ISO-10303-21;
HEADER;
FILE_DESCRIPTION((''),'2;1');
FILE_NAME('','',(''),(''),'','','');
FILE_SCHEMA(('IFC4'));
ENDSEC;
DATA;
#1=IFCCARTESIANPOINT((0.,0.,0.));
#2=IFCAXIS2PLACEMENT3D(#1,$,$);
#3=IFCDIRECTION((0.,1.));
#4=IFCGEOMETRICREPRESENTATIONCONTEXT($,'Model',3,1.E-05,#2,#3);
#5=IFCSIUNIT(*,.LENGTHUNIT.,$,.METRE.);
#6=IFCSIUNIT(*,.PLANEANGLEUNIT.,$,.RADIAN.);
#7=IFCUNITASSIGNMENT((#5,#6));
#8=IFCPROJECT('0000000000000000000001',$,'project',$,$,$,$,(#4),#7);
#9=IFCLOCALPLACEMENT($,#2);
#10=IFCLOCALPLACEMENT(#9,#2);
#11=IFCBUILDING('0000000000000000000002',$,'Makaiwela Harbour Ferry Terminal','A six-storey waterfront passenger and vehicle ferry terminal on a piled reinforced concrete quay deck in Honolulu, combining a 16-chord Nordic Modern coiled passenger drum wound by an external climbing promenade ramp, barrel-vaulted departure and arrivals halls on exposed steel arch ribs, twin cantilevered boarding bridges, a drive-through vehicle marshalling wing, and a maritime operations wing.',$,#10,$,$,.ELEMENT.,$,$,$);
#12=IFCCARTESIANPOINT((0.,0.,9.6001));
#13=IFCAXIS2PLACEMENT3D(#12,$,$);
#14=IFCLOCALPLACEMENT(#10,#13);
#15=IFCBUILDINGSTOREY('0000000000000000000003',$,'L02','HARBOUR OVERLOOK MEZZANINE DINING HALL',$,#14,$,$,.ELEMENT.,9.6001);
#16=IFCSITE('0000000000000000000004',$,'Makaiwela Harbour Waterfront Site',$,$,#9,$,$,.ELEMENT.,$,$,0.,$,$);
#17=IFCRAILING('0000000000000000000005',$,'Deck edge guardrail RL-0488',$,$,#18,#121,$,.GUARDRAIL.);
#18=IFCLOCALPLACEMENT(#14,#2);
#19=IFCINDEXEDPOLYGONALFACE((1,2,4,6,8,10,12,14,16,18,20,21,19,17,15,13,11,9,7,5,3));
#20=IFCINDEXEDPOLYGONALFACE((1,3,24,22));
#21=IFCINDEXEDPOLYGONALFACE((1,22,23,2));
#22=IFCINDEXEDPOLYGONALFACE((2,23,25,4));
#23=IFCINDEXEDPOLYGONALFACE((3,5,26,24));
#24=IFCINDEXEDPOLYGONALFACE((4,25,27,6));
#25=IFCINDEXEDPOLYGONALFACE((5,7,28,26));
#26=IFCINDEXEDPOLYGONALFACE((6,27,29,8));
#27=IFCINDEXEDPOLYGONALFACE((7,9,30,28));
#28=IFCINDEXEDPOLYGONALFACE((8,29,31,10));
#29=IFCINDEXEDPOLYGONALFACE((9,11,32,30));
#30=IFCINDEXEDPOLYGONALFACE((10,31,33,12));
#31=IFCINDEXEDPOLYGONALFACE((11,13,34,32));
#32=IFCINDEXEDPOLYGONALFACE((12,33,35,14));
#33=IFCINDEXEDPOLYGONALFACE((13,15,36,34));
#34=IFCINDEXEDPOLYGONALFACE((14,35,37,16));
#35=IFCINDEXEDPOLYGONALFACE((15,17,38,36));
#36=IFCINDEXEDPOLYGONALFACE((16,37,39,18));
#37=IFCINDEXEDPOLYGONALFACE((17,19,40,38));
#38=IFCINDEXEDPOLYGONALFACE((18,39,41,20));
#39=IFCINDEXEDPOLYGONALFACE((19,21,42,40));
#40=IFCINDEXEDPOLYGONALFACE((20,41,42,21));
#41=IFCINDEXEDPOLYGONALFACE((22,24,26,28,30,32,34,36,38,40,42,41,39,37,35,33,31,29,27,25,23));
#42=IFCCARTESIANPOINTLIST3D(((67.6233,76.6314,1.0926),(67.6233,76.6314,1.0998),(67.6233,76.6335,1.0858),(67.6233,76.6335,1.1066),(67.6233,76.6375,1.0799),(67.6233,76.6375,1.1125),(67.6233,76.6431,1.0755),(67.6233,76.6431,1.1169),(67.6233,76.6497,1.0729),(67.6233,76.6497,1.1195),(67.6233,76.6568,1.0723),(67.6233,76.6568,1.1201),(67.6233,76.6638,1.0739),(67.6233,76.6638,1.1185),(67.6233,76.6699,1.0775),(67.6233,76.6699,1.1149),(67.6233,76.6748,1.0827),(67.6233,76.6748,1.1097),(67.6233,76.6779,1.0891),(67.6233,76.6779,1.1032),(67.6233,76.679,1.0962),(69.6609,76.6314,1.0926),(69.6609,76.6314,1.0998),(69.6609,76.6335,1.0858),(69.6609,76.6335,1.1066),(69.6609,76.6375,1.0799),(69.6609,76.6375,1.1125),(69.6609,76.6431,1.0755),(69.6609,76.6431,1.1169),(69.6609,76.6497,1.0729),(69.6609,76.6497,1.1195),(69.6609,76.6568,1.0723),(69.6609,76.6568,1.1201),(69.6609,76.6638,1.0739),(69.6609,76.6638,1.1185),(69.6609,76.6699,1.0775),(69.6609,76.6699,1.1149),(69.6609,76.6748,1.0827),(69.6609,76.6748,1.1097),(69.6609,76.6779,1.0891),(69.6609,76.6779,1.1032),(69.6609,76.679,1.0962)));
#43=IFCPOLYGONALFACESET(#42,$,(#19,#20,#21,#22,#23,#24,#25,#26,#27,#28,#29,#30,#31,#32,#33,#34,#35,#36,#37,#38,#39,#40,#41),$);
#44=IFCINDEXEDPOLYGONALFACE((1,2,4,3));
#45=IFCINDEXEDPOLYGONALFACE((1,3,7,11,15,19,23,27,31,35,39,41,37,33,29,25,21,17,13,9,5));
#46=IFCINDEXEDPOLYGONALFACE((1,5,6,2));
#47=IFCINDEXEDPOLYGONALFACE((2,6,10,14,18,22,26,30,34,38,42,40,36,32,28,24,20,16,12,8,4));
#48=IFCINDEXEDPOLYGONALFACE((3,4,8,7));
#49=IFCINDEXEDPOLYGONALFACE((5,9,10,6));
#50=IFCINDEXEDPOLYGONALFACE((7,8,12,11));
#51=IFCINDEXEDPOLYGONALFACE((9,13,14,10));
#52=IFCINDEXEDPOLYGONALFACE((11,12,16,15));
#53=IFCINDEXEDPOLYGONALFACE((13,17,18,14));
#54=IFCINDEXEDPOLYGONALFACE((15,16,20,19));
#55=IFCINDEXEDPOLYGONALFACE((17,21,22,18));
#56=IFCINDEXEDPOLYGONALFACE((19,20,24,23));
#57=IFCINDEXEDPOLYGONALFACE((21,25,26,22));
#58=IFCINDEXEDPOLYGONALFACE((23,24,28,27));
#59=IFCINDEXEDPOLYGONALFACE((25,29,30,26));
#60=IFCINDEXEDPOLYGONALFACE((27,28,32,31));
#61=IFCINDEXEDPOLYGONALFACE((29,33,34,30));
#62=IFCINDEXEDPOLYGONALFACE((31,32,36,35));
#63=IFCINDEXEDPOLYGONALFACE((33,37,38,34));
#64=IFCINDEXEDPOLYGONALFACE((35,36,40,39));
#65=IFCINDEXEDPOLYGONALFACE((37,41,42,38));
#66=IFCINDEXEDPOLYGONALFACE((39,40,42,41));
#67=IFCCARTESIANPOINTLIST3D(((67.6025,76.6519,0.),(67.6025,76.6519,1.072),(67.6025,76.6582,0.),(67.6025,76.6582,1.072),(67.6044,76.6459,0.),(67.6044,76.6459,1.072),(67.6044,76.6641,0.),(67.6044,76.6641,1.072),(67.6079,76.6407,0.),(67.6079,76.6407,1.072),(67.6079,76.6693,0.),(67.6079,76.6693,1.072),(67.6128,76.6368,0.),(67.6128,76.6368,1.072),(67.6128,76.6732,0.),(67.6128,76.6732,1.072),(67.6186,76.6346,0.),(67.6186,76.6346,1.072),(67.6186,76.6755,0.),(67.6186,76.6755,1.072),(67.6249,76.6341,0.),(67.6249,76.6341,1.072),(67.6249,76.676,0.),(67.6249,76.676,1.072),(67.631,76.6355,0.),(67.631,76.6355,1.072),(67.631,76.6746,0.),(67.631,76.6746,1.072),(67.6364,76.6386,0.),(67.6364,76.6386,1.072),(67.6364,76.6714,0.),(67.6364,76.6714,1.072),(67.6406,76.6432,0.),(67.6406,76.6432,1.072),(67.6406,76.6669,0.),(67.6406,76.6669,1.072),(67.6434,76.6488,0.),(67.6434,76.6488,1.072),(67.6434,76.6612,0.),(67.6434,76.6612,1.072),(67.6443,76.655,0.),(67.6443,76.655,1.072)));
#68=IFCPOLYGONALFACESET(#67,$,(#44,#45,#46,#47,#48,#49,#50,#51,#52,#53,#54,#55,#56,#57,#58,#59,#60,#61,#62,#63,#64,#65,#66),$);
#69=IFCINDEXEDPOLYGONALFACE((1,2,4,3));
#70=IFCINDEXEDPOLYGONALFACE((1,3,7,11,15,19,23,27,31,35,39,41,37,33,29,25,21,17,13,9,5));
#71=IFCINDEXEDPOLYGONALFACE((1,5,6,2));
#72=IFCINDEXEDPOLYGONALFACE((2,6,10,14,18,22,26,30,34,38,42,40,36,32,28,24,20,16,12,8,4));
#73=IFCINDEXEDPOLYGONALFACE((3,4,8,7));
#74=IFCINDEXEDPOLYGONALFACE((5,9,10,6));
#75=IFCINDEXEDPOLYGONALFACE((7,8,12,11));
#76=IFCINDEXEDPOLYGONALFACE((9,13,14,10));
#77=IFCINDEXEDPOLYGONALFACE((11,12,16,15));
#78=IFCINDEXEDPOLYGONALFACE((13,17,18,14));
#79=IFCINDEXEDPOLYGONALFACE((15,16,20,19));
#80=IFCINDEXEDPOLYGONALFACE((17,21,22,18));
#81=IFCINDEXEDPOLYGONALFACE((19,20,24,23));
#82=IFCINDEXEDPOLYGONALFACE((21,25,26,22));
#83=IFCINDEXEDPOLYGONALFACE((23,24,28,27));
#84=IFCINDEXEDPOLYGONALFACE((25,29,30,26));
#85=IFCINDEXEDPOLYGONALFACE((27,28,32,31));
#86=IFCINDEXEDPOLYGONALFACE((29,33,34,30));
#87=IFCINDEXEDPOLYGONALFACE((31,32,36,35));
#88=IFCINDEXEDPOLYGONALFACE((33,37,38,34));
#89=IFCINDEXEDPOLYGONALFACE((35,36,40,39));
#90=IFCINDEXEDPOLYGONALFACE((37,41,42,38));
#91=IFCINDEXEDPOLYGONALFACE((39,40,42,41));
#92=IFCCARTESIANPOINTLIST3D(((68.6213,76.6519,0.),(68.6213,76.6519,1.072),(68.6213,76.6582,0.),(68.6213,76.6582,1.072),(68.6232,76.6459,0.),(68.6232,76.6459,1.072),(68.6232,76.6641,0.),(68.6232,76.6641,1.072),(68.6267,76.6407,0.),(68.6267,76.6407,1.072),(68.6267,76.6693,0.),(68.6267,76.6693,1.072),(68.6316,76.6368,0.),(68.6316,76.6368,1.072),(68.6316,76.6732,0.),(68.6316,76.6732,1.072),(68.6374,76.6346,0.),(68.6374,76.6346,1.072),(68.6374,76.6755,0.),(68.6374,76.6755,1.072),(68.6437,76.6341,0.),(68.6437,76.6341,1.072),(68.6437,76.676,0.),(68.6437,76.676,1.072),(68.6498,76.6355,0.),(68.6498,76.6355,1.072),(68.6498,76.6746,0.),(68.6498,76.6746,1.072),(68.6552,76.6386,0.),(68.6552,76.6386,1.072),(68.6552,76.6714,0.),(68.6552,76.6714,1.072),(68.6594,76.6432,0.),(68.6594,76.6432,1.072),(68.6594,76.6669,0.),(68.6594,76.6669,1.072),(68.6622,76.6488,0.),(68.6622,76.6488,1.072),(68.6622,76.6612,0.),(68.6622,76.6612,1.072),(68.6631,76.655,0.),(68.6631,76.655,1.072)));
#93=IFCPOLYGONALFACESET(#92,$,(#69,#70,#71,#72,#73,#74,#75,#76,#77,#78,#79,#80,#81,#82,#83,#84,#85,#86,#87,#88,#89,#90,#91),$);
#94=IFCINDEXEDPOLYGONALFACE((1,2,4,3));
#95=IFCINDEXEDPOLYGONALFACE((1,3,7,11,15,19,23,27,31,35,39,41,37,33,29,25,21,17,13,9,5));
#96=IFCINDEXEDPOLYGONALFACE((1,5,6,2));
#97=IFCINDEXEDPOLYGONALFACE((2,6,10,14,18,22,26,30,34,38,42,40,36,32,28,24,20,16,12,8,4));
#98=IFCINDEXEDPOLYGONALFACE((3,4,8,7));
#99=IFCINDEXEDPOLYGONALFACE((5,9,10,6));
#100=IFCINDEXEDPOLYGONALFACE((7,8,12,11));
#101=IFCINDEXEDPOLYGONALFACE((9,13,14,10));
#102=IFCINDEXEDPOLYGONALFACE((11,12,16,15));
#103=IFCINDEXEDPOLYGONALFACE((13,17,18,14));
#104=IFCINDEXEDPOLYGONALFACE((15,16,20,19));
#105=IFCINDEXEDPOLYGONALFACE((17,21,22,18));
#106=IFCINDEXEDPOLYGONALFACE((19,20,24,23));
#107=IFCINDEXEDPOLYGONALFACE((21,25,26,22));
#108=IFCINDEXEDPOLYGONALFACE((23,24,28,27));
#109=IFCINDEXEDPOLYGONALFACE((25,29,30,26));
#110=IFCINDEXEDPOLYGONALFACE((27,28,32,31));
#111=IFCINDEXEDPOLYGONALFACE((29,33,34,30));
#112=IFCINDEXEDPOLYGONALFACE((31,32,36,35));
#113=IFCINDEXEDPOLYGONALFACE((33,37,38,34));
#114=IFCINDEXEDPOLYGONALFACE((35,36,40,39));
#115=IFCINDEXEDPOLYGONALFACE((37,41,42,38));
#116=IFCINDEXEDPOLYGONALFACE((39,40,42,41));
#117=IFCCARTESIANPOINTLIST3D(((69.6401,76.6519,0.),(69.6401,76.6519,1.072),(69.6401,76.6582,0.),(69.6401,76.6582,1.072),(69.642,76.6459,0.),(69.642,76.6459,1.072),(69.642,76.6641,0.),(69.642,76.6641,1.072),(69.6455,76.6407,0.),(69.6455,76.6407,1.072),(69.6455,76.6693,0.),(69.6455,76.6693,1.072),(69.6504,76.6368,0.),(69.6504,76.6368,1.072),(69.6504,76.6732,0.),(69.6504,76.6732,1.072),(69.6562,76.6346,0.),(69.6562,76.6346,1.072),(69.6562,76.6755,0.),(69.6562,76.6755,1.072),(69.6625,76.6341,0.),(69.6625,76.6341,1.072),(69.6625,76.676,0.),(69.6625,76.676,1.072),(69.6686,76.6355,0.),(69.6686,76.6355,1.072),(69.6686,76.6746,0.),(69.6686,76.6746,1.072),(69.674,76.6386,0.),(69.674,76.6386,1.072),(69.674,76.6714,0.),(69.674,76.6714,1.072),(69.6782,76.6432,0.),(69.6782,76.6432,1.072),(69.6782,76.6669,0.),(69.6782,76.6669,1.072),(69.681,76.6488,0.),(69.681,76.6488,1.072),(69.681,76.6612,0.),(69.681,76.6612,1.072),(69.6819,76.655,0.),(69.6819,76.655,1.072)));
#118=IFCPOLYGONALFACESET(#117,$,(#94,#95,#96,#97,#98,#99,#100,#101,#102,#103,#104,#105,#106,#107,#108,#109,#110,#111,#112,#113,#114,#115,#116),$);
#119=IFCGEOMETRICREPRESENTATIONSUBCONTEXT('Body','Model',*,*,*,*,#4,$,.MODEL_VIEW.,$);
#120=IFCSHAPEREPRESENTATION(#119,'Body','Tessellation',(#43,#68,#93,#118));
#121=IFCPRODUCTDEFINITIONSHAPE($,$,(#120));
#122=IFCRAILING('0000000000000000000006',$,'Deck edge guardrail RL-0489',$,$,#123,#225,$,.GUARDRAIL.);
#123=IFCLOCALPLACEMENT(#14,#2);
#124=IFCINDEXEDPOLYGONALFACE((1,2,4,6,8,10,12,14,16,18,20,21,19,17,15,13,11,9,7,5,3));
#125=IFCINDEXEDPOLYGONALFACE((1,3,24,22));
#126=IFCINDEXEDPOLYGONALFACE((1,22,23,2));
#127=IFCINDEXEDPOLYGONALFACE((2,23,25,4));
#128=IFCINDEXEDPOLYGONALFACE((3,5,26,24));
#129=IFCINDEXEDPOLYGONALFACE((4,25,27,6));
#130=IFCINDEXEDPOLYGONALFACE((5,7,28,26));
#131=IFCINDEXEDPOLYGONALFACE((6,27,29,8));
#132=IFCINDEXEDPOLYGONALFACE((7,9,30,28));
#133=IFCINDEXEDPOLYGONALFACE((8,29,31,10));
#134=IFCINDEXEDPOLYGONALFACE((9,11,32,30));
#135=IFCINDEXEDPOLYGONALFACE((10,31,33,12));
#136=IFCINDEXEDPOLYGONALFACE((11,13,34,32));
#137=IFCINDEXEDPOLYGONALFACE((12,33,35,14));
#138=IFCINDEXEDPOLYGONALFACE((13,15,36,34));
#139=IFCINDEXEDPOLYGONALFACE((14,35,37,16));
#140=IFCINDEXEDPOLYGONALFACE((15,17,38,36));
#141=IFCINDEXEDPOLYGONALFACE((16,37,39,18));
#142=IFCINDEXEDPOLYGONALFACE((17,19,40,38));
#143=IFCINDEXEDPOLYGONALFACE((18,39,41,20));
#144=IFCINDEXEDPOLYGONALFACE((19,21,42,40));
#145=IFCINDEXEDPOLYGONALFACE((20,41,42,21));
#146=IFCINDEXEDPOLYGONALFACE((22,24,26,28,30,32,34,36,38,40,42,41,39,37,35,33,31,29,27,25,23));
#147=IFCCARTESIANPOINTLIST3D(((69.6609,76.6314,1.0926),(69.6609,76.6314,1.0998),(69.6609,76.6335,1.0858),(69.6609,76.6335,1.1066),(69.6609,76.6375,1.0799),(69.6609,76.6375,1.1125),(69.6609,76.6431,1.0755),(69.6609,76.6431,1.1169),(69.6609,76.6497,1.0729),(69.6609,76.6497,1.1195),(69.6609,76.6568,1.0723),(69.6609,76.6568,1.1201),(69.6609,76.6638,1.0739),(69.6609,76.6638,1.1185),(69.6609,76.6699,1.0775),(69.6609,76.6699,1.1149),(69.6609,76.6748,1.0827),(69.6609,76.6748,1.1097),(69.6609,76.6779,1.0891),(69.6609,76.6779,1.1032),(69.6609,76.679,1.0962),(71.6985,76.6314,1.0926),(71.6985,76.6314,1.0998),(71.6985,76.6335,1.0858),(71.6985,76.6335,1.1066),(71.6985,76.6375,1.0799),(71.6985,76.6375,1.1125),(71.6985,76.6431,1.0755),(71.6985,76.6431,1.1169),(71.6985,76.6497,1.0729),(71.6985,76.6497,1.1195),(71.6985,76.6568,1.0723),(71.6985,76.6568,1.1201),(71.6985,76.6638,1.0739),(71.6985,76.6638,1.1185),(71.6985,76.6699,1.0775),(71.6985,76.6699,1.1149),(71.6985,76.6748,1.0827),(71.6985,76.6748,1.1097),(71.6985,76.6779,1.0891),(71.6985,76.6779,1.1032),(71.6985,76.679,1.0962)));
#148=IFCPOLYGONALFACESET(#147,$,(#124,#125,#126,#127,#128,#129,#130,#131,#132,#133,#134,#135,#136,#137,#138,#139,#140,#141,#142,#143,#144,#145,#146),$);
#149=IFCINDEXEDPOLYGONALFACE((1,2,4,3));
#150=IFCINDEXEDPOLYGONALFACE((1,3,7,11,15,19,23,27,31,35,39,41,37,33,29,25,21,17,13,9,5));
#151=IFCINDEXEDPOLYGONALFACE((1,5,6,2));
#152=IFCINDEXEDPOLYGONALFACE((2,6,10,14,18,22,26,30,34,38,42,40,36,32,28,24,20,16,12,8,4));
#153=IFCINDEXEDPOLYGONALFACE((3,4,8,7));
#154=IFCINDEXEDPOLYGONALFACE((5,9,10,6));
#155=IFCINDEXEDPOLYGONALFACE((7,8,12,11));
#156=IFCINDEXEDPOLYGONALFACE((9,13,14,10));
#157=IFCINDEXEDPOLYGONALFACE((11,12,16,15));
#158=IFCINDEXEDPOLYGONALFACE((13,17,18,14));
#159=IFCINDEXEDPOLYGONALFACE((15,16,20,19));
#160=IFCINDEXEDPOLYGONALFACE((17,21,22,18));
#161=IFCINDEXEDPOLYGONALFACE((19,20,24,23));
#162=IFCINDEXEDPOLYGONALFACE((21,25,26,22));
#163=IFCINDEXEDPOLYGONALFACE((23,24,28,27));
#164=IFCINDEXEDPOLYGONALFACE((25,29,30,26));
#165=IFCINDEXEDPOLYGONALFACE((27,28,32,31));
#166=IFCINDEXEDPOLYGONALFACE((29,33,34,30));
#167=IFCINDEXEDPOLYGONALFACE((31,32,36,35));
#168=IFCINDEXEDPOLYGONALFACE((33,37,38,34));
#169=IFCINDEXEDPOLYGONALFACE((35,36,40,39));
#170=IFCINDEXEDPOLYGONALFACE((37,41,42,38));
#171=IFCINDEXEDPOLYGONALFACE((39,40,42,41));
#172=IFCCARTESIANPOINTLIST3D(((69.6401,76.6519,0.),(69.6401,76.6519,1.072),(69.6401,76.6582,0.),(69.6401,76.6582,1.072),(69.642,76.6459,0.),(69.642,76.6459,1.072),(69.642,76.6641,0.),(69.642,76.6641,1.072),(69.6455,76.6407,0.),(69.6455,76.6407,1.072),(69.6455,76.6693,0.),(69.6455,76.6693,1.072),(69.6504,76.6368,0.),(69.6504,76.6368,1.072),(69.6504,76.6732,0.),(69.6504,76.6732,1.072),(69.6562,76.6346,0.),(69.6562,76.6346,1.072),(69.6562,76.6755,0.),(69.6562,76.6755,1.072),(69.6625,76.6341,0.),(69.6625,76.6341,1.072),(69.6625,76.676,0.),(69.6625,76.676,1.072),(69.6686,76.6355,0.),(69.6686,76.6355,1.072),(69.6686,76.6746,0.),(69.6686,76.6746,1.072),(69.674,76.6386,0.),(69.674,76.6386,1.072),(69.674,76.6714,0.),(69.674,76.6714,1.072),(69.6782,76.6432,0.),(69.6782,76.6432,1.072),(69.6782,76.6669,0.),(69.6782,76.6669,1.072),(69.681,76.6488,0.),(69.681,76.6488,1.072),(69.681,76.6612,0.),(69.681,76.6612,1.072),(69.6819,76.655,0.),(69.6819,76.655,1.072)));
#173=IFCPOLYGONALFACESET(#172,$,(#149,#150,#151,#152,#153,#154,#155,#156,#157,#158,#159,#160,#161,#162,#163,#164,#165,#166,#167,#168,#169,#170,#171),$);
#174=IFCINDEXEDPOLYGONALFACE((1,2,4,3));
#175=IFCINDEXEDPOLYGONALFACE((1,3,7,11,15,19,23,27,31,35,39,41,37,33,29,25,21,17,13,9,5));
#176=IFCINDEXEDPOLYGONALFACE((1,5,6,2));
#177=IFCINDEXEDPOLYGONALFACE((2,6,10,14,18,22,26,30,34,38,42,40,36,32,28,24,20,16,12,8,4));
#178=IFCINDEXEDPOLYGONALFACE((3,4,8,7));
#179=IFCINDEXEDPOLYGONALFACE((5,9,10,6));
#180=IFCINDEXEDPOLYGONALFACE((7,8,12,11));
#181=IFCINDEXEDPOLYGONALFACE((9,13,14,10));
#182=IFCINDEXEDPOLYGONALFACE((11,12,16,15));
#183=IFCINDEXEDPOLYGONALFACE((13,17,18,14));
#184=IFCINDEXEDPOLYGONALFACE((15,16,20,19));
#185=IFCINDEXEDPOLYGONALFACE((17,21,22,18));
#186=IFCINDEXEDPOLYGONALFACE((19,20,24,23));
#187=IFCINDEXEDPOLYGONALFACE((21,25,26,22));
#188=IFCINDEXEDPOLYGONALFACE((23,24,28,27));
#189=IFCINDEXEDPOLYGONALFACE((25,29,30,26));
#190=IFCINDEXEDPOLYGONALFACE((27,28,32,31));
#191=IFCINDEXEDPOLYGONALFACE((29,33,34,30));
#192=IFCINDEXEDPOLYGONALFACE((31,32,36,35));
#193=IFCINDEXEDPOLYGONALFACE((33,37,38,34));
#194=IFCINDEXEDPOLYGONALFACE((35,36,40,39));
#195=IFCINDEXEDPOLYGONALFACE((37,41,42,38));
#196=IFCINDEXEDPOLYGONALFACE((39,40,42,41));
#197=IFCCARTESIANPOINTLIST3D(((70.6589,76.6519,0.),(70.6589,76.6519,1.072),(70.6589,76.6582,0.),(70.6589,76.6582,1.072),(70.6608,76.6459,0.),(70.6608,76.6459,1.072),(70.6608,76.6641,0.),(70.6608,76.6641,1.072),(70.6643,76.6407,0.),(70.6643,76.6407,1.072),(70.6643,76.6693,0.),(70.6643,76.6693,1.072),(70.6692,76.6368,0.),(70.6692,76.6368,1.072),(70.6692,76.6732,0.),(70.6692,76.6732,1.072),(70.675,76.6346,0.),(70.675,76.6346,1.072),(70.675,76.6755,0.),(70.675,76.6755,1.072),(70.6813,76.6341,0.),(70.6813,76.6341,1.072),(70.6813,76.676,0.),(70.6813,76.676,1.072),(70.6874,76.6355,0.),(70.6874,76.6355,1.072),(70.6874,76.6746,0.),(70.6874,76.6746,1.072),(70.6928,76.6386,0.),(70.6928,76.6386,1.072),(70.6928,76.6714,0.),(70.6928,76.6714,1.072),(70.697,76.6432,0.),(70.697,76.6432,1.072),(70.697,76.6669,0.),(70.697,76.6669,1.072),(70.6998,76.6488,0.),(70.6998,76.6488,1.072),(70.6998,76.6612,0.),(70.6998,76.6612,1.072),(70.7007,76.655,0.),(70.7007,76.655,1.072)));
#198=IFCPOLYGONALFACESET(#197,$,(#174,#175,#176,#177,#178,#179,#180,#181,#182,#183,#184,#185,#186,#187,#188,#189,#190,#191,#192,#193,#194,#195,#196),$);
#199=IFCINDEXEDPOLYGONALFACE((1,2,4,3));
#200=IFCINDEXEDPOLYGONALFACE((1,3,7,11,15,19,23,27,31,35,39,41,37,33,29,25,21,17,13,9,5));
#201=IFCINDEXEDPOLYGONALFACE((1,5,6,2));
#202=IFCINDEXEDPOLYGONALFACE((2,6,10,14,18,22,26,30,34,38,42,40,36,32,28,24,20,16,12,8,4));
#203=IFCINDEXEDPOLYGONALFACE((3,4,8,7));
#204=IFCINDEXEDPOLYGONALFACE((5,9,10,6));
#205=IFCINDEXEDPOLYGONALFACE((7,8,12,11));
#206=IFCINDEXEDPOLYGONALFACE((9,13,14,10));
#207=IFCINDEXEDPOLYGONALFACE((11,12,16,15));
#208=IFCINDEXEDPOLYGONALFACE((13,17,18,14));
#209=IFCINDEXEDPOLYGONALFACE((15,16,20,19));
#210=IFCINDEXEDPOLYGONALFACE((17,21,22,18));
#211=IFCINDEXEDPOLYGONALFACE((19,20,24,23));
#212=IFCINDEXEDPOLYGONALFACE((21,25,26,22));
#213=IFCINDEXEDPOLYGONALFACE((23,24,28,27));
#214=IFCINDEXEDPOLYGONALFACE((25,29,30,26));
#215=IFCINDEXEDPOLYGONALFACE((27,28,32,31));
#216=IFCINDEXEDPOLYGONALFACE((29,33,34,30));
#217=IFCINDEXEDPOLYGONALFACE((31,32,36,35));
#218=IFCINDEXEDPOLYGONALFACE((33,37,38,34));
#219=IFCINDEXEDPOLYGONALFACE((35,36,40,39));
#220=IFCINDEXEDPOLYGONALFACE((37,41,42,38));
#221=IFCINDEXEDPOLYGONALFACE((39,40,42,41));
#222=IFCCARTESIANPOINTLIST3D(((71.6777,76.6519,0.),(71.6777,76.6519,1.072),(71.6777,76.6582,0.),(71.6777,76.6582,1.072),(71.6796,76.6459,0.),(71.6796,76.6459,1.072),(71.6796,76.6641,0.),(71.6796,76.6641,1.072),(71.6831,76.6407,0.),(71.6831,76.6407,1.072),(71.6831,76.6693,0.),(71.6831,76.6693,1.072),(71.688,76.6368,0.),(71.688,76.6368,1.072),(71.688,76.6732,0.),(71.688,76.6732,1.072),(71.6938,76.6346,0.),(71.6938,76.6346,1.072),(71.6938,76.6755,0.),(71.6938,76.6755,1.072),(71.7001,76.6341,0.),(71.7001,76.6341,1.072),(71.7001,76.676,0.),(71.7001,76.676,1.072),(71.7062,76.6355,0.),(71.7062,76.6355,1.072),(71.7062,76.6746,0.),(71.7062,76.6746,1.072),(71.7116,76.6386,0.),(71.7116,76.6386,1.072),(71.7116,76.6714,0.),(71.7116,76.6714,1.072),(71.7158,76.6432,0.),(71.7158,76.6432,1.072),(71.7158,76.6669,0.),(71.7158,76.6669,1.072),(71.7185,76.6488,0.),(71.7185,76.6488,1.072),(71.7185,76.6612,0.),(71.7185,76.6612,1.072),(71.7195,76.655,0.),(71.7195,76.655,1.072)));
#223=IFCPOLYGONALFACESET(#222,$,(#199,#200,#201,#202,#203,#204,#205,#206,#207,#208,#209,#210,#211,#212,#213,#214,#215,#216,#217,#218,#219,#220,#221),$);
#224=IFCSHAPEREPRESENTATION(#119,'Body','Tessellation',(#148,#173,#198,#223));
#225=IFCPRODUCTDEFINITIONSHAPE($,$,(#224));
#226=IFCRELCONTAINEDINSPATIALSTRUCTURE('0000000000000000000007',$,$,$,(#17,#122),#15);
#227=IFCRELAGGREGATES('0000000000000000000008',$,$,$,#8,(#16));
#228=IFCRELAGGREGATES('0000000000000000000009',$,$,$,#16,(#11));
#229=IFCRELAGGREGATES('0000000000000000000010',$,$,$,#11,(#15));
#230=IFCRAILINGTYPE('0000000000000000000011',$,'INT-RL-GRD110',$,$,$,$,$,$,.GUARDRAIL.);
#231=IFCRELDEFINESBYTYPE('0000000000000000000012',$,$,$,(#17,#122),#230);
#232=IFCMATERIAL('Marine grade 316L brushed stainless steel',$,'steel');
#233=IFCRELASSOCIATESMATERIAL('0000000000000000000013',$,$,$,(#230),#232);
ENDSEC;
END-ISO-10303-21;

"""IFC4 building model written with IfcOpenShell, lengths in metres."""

from ifc_helpers import new_model, si_unit, direction, frame, origin, origin_2d, place, context, subcontext, project, spatial, circle, extrude, material, type_object, element, save


model = new_model("IFC4")

# Units and contexts
model_context = context("Model", 3, precision=1e-05, world=origin(), true_north=direction((0.0, 1.0)))
body_context = subcontext(model_context, "Body", "Model", "MODEL_VIEW")
ifc_project = project(units=[si_unit("LENGTHUNIT", "METRE"), si_unit("PLANEANGLEUNIT", "RADIAN")], contexts=[model_context])

# Site, building, storey
site_placement = place(None, origin())
site = spatial("IfcSite", under=ifc_project, at=site_placement, Name="Makaiwela Harbour Waterfront Site", CompositionType="ELEMENT", RefElevation=0.0)
building_placement = place(site_placement, origin())
building = spatial("IfcBuilding", under=site, at=building_placement, Name="Makaiwela Harbour Ferry Terminal", Description="A six-storey waterfront passenger and vehicle ferry terminal on a piled reinforced concrete quay deck in Honolulu, combining a 16-chord Nordic Modern coiled passenger drum wound by an external climbing promenade ramp, barrel-vaulted departure and arrivals halls on exposed steel arch ribs, twin cantilevered boarding bridges, a drive-through vehicle marshalling wing, and a maritime operations wing.", CompositionType="ELEMENT")
storey_placement = place(building_placement, frame((0.0, 0.0, 9.6001)))
storey = spatial("IfcBuildingStorey", under=building, at=storey_placement, Name="L02", Description="HARBOUR OVERLOOK MEZZANINE DINING HALL", CompositionType="ELEMENT", Elevation=9.6001)

# Railings
ifc_material_1 = material(Name="Marine grade 316L brushed stainless steel", Category="steel")
railing_type = type_object("IfcRailingType", Name="INT-RL-GRD110", PredefinedType="GUARDRAIL", material=ifc_material_1)
for number, where, name in (
    (1, (67.6233, 76.655, 0.0), "Deck edge guardrail RL-0488"),
    (2, (69.6609, 76.655, 0.0), "Deck edge guardrail RL-0489"),
):
    element("IfcRailing", number, at=place(storey_placement, frame(where)), inside=storey, type_object=railing_type, Name=name, PredefinedType="GUARDRAIL", context=body_context, shape_type="SweptSolid", body=[
        extrude(circle(Radius=0.0239, at=origin_2d()), frame((0.0, 0.0, 1.0962), z_axis=(1.0, 0.0, 0.0), x_axis=(0.0, 1.0, 0.0)), (0.0, 0.0, 1.0), 2.0376),
        extrude(circle(Radius=0.021, at=origin_2d()), origin(), (0.0, 0.0, 1.0), 1.072),
        extrude(circle(Radius=0.021, at=origin_2d()), frame((1.0188, 0.0, 0.0)), (0.0, 0.0, 1.0), 1.072),
        extrude(circle(Radius=0.021, at=origin_2d()), frame((2.0376, 0.0, 0.0)), (0.0, 0.0, 1.0), 1.072),
    ])

save(model, "model.ifc")
